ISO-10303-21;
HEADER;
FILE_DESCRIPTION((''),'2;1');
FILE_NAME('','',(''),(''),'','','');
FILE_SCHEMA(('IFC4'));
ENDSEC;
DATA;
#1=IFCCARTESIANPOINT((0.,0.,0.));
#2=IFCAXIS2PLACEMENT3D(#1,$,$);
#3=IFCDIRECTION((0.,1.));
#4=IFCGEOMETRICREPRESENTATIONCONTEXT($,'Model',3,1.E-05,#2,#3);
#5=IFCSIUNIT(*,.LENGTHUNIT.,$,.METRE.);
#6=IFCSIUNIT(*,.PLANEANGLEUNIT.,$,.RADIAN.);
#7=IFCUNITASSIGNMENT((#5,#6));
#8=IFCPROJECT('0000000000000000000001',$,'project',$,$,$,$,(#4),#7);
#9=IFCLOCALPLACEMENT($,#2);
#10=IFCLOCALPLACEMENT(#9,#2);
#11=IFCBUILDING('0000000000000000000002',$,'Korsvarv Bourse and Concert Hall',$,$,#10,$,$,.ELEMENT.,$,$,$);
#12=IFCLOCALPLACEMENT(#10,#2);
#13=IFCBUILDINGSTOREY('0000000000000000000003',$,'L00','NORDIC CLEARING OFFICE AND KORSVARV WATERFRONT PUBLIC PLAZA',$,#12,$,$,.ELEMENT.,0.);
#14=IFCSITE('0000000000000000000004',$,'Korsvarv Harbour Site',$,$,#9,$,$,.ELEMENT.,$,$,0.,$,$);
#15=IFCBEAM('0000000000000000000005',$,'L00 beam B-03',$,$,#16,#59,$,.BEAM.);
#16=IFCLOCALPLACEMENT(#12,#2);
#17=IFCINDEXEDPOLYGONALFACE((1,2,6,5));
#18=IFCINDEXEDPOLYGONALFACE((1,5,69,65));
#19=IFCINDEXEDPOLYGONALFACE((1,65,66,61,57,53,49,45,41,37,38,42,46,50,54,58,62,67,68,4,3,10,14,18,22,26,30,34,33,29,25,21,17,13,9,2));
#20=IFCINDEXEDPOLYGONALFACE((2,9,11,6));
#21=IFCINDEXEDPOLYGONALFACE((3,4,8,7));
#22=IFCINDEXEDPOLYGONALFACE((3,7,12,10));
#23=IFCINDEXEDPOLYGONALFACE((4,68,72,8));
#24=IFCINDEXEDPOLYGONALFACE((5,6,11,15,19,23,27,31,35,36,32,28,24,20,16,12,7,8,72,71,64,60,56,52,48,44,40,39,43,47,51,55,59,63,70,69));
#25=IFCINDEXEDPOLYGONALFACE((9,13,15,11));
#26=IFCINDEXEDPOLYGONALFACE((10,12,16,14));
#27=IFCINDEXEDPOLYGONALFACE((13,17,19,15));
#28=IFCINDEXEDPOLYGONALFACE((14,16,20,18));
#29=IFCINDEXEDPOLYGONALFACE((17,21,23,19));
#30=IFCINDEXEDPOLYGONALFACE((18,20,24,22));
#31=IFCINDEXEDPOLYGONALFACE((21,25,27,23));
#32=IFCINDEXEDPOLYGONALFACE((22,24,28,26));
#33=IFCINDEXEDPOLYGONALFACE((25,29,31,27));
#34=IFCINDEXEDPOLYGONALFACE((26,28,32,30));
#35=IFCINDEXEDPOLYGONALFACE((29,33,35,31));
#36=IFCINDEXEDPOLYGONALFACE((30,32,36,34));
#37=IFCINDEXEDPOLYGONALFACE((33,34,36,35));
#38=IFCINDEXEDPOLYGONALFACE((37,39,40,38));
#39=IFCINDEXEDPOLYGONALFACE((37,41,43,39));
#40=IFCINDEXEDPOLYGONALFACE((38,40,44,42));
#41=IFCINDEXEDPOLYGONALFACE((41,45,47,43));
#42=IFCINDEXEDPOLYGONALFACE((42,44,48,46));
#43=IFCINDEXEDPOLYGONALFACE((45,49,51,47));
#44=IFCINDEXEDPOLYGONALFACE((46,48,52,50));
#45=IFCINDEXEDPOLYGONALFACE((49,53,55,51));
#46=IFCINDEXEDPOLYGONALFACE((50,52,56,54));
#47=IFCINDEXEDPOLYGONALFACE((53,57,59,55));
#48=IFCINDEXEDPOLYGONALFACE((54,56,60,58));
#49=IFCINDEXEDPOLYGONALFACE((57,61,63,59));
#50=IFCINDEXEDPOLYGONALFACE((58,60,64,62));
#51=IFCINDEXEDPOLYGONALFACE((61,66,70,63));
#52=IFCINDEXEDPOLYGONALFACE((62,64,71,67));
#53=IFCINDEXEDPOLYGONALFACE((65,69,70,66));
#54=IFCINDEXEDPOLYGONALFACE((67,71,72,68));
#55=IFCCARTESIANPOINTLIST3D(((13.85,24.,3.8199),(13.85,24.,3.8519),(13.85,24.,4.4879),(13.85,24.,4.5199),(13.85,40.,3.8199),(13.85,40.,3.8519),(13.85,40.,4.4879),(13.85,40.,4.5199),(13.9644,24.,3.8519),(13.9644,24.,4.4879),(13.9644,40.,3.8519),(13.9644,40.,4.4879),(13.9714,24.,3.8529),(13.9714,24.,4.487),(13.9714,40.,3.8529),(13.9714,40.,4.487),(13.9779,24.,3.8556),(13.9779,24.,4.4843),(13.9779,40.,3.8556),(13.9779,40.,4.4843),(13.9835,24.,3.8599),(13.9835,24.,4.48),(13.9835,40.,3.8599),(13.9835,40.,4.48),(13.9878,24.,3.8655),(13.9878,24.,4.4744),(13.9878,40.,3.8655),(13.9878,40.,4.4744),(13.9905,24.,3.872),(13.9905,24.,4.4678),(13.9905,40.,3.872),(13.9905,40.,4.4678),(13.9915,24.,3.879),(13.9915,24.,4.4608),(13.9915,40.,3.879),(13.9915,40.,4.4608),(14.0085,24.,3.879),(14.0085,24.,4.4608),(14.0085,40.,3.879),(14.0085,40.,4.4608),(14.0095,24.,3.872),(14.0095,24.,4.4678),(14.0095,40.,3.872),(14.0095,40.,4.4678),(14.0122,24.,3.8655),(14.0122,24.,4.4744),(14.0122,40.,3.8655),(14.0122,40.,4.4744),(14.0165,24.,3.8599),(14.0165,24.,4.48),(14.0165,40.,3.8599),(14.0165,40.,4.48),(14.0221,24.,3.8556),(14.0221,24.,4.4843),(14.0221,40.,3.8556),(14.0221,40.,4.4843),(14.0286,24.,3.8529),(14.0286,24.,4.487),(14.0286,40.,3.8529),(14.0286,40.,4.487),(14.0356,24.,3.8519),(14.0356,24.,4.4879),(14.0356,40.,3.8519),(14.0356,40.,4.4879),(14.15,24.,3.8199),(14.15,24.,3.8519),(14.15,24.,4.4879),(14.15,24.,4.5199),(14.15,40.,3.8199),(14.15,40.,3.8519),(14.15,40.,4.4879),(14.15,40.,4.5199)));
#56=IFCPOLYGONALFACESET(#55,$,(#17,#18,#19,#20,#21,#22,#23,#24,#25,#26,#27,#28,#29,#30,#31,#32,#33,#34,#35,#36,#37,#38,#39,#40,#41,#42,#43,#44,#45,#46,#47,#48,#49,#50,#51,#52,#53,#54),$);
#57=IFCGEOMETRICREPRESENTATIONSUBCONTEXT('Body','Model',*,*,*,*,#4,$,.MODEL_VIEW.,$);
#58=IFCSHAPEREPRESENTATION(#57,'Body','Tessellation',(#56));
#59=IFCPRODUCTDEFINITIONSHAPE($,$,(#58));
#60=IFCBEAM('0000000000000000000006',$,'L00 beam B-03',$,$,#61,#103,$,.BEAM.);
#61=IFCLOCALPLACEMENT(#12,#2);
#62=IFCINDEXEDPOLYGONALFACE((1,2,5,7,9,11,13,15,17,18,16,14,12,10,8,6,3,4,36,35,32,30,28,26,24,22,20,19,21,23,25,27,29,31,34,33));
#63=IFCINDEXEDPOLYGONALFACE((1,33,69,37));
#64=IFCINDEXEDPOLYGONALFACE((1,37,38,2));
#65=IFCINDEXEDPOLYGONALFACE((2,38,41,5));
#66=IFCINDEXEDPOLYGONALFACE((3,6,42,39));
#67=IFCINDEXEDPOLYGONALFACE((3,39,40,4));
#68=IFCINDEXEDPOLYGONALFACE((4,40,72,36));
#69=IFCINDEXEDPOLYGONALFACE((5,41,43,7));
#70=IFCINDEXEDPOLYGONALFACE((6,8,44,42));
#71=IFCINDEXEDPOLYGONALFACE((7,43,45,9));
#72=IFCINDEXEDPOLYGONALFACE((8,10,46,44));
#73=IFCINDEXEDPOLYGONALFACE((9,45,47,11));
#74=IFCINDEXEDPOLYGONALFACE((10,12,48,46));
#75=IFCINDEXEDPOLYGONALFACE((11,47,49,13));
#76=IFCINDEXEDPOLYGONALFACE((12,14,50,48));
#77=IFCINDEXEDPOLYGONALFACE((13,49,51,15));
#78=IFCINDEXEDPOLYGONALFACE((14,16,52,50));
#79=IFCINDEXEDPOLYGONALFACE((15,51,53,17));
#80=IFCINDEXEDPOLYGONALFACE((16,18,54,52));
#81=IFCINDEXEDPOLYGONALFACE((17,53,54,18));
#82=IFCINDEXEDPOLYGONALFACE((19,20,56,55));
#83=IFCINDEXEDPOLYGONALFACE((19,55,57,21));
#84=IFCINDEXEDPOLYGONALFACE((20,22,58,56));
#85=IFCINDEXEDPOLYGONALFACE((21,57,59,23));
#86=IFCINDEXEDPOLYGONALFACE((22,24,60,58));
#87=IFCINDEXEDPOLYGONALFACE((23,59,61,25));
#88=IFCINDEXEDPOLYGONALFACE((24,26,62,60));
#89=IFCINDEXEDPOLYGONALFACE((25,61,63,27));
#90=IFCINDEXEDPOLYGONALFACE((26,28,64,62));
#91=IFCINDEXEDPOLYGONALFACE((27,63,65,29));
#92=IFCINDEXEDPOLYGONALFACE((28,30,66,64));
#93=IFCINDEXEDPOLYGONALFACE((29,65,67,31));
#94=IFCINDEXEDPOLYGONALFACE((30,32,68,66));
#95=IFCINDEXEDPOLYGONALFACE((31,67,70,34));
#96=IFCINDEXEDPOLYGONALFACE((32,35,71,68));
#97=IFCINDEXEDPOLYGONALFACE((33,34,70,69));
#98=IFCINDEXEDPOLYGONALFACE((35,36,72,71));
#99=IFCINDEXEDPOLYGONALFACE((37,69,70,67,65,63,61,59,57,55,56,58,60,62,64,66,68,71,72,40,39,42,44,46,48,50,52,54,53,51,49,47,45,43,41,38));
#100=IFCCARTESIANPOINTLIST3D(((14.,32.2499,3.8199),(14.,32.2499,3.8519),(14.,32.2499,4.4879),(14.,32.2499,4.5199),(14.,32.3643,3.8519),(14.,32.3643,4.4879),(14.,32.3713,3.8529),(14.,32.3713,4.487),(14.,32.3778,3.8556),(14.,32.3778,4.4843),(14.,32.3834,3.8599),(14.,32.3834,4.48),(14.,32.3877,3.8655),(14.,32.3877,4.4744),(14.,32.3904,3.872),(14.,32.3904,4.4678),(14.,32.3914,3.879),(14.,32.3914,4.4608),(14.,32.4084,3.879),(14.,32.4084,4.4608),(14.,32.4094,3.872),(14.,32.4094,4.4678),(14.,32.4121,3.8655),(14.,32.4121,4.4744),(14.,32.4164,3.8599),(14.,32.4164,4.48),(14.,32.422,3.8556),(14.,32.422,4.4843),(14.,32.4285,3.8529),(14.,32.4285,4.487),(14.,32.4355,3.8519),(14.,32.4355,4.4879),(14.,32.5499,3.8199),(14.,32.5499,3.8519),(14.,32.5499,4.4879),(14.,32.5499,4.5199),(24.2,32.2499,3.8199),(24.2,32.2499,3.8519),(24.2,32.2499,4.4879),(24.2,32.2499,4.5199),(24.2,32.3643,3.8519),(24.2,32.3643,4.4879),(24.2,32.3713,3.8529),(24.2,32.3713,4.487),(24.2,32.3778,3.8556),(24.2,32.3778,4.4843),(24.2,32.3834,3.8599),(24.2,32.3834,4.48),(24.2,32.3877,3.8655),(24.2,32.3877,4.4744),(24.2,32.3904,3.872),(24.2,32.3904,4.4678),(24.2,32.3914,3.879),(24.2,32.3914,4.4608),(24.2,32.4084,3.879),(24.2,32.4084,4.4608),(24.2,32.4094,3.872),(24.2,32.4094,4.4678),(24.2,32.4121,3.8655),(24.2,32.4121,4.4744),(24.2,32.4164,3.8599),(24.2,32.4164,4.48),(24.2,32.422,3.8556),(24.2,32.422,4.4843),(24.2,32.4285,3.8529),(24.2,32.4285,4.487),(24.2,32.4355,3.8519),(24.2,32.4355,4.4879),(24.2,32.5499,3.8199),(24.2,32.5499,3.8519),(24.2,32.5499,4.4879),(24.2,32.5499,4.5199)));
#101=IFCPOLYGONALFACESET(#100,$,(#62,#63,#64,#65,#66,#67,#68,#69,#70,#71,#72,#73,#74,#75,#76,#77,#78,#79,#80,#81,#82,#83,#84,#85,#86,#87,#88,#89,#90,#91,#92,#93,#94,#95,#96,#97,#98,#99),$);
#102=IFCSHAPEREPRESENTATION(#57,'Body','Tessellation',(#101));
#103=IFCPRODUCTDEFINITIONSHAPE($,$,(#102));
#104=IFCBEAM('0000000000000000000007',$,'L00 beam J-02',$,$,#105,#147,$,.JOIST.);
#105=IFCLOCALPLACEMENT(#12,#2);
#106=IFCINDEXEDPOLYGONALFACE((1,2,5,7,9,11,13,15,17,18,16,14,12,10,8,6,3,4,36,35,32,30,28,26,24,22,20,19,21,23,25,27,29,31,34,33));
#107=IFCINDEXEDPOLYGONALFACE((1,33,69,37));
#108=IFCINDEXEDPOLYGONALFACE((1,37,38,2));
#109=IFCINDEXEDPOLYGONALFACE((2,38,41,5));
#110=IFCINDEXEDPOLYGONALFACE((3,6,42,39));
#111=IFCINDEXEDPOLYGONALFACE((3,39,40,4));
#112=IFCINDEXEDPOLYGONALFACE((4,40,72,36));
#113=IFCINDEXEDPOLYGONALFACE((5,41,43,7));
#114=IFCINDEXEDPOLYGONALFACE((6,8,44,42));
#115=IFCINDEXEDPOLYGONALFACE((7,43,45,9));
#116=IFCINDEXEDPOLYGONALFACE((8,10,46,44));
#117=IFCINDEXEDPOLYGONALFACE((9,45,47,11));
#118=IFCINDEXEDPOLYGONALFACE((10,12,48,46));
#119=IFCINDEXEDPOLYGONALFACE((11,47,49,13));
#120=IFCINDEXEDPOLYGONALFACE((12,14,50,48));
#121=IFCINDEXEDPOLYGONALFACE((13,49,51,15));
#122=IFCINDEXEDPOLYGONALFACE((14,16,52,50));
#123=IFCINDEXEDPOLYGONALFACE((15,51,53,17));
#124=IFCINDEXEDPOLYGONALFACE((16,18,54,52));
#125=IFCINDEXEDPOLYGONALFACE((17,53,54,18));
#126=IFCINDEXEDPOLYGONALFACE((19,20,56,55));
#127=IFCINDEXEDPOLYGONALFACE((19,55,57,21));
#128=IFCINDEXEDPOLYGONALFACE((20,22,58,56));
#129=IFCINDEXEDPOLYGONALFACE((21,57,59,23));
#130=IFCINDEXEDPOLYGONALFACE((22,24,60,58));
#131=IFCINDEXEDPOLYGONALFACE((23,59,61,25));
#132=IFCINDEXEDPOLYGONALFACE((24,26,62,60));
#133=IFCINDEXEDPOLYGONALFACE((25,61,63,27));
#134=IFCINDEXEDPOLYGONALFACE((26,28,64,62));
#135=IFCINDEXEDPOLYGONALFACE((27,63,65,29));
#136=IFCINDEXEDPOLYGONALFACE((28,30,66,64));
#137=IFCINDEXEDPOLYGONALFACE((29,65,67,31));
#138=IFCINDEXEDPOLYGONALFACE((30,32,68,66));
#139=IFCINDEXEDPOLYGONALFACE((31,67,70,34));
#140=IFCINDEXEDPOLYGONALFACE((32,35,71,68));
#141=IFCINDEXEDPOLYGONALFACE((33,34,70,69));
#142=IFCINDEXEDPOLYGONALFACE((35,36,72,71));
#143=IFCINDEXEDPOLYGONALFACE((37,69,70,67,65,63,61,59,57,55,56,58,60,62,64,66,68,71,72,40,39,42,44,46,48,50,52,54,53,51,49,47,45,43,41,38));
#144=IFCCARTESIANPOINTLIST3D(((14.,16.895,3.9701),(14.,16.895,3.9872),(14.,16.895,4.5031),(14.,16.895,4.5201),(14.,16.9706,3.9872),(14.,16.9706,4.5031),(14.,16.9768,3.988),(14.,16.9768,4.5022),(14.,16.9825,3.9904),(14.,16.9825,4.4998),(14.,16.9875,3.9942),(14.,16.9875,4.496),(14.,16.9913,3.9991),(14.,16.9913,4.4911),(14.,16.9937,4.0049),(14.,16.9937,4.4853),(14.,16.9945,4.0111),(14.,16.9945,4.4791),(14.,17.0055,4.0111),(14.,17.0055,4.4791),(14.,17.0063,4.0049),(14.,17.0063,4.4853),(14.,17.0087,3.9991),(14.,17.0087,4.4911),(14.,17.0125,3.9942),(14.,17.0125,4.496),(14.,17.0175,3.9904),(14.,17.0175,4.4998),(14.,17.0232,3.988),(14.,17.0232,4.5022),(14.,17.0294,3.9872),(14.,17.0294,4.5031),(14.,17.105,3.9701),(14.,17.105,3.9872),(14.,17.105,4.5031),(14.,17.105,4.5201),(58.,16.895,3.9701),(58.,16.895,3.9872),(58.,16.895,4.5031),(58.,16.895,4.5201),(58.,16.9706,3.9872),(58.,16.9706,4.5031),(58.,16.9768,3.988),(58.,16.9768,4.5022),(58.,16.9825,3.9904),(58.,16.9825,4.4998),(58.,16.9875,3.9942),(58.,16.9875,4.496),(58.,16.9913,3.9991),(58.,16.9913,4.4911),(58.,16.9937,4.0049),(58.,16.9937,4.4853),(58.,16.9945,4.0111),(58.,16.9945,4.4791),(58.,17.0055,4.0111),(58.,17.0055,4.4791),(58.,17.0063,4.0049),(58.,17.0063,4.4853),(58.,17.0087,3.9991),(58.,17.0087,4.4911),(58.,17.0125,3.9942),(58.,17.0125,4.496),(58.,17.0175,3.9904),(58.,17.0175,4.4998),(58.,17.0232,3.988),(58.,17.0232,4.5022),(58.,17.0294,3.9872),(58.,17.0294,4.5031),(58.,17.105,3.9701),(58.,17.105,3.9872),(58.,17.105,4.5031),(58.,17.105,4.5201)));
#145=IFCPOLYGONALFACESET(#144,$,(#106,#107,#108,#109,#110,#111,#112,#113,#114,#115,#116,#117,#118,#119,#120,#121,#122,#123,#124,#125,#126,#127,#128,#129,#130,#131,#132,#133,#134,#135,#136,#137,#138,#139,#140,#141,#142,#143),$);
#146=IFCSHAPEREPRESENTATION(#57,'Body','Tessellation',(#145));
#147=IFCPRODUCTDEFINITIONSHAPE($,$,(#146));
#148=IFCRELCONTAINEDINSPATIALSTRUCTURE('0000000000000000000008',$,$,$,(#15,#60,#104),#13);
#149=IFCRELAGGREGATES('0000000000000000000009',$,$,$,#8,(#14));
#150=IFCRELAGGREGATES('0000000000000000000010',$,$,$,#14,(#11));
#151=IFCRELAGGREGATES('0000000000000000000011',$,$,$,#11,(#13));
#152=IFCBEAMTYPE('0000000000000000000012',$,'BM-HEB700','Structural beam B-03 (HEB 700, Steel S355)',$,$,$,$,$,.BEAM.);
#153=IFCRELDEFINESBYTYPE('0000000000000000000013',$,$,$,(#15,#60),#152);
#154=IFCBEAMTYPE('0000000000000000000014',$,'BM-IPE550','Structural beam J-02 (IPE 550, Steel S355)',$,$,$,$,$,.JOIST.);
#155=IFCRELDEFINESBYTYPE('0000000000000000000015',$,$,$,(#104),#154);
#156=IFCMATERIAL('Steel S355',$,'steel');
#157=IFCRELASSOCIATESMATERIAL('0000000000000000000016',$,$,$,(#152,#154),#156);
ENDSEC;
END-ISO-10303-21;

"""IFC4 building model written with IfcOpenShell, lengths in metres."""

from ifc_helpers import new_model, si_unit, direction, frame, origin, origin_2d, place, context, subcontext, project, spatial, i_section, extrude, source, transform, mapped, material, material_profile, profile_set, type_object, element, save


model = new_model("IFC4")

# Units and contexts
model_context = context("Model", 3, precision=1e-05, world=origin(), true_north=direction((0.0, 1.0)))
body_context = subcontext(model_context, "Body", "Model", "MODEL_VIEW")
ifc_project = project(units=[si_unit("LENGTHUNIT", "METRE"), si_unit("PLANEANGLEUNIT", "RADIAN")], contexts=[model_context])

# Site, building, storey
site_placement = place(None, origin())
site = spatial("IfcSite", under=ifc_project, at=site_placement, Name="Korsvarv Harbour Site", CompositionType="ELEMENT", RefElevation=0.0)
building_placement = place(site_placement, origin())
building = spatial("IfcBuilding", under=site, at=building_placement, Name="Korsvarv Bourse and Concert Hall", CompositionType="ELEMENT")
storey_placement = place(building_placement, origin())
storey = spatial("IfcBuildingStorey", under=building, at=storey_placement, Name="L00", Description="NORDIC CLEARING OFFICE AND KORSVARV WATERFRONT PUBLIC PLAZA", CompositionType="ELEMENT", Elevation=0.0)

# Beams
ifc_material_1 = material(Name="Steel S355", Category="steel")
ifc_material_profile_1 = material_profile(ifc_material_1, i_section(OverallWidth=0.3, OverallDepth=0.7, WebThickness=0.0171, FlangeThickness=0.032, FilletRadius=0.0271, at=origin_2d()), Name="HEB 700")
ifc_profile_set_1 = profile_set([ifc_material_profile_1], Name="Steel S355")
beam_type_1 = type_object("IfcBeamType", Name="BM-HEB700", Description="Structural beam B-03 (HEB 700, Steel S355)", PredefinedType="BEAM", material=ifc_profile_set_1)
shared_shape_1 = source(origin(), body_context, "Body", "SweptSolid", [
    extrude(i_section(OverallWidth=0.3, OverallDepth=0.7, WebThickness=0.0171, FlangeThickness=0.032, FilletRadius=0.0271, at=origin_2d()), origin(), (0.0, 0.0, 1.0), 16.0),
])
beam_1_placement = place(storey_placement, frame((14.0, 24.0, 4.1699), z_axis=(0.0, 1.0, 0.0), x_axis=(-1.0, 0.0, 0.0)))
element("IfcBeam", 1, at=beam_1_placement, inside=storey, type_object=beam_type_1, Name="L00 beam B-03", PredefinedType="BEAM", context=body_context, shape_type="MappedRepresentation", body=[
    mapped(shared_shape_1, transform((0.0, 0.0, 0.0), scale=1.0)),
])
shared_shape_2 = source(origin(), body_context, "Body", "SweptSolid", [
    extrude(i_section(OverallWidth=0.3, OverallDepth=0.7, WebThickness=0.0171, FlangeThickness=0.032, FilletRadius=0.0271, at=origin_2d()), origin(), (0.0, 0.0, 1.0), 10.2),
])
beam_2_placement = place(storey_placement, frame((14.0, 32.3999, 4.1699), z_axis=(1.0, 0.0, 0.0), x_axis=(0.0, 1.0, 0.0)))
element("IfcBeam", 2, at=beam_2_placement, inside=storey, type_object=beam_type_1, Name="L00 beam B-03", PredefinedType="BEAM", context=body_context, shape_type="MappedRepresentation", body=[
    mapped(shared_shape_2, transform((0.0, 0.0, 0.0), scale=1.0)),
])
ifc_material_profile_2 = material_profile(ifc_material_1, i_section(OverallWidth=0.21, OverallDepth=0.55, WebThickness=0.011, FlangeThickness=0.0171, FilletRadius=0.0239, at=origin_2d()), Name="IPE 550")
ifc_profile_set_2 = profile_set([ifc_material_profile_2], Name="Steel S355")
beam_type_2 = type_object("IfcBeamType", Name="BM-IPE550", Description="Structural beam J-02 (IPE 550, Steel S355)", PredefinedType="JOIST", material=ifc_profile_set_2)
shared_shape_3 = source(origin(), body_context, "Body", "SweptSolid", [
    extrude(i_section(OverallWidth=0.21, OverallDepth=0.55, WebThickness=0.011, FlangeThickness=0.0171, FilletRadius=0.0239, at=origin_2d()), origin(), (0.0, 0.0, 1.0), 44.0),
])
beam_3_placement = place(storey_placement, frame((14.0, 17.0, 4.2451), z_axis=(1.0, 0.0, 0.0), x_axis=(0.0, 1.0, 0.0)))
element("IfcBeam", 3, at=beam_3_placement, inside=storey, type_object=beam_type_2, Name="L00 beam J-02", PredefinedType="JOIST", context=body_context, shape_type="MappedRepresentation", body=[
    mapped(shared_shape_3, transform((0.0, 0.0, 0.0), scale=1.0)),
])

save(model, "model.ifc")
